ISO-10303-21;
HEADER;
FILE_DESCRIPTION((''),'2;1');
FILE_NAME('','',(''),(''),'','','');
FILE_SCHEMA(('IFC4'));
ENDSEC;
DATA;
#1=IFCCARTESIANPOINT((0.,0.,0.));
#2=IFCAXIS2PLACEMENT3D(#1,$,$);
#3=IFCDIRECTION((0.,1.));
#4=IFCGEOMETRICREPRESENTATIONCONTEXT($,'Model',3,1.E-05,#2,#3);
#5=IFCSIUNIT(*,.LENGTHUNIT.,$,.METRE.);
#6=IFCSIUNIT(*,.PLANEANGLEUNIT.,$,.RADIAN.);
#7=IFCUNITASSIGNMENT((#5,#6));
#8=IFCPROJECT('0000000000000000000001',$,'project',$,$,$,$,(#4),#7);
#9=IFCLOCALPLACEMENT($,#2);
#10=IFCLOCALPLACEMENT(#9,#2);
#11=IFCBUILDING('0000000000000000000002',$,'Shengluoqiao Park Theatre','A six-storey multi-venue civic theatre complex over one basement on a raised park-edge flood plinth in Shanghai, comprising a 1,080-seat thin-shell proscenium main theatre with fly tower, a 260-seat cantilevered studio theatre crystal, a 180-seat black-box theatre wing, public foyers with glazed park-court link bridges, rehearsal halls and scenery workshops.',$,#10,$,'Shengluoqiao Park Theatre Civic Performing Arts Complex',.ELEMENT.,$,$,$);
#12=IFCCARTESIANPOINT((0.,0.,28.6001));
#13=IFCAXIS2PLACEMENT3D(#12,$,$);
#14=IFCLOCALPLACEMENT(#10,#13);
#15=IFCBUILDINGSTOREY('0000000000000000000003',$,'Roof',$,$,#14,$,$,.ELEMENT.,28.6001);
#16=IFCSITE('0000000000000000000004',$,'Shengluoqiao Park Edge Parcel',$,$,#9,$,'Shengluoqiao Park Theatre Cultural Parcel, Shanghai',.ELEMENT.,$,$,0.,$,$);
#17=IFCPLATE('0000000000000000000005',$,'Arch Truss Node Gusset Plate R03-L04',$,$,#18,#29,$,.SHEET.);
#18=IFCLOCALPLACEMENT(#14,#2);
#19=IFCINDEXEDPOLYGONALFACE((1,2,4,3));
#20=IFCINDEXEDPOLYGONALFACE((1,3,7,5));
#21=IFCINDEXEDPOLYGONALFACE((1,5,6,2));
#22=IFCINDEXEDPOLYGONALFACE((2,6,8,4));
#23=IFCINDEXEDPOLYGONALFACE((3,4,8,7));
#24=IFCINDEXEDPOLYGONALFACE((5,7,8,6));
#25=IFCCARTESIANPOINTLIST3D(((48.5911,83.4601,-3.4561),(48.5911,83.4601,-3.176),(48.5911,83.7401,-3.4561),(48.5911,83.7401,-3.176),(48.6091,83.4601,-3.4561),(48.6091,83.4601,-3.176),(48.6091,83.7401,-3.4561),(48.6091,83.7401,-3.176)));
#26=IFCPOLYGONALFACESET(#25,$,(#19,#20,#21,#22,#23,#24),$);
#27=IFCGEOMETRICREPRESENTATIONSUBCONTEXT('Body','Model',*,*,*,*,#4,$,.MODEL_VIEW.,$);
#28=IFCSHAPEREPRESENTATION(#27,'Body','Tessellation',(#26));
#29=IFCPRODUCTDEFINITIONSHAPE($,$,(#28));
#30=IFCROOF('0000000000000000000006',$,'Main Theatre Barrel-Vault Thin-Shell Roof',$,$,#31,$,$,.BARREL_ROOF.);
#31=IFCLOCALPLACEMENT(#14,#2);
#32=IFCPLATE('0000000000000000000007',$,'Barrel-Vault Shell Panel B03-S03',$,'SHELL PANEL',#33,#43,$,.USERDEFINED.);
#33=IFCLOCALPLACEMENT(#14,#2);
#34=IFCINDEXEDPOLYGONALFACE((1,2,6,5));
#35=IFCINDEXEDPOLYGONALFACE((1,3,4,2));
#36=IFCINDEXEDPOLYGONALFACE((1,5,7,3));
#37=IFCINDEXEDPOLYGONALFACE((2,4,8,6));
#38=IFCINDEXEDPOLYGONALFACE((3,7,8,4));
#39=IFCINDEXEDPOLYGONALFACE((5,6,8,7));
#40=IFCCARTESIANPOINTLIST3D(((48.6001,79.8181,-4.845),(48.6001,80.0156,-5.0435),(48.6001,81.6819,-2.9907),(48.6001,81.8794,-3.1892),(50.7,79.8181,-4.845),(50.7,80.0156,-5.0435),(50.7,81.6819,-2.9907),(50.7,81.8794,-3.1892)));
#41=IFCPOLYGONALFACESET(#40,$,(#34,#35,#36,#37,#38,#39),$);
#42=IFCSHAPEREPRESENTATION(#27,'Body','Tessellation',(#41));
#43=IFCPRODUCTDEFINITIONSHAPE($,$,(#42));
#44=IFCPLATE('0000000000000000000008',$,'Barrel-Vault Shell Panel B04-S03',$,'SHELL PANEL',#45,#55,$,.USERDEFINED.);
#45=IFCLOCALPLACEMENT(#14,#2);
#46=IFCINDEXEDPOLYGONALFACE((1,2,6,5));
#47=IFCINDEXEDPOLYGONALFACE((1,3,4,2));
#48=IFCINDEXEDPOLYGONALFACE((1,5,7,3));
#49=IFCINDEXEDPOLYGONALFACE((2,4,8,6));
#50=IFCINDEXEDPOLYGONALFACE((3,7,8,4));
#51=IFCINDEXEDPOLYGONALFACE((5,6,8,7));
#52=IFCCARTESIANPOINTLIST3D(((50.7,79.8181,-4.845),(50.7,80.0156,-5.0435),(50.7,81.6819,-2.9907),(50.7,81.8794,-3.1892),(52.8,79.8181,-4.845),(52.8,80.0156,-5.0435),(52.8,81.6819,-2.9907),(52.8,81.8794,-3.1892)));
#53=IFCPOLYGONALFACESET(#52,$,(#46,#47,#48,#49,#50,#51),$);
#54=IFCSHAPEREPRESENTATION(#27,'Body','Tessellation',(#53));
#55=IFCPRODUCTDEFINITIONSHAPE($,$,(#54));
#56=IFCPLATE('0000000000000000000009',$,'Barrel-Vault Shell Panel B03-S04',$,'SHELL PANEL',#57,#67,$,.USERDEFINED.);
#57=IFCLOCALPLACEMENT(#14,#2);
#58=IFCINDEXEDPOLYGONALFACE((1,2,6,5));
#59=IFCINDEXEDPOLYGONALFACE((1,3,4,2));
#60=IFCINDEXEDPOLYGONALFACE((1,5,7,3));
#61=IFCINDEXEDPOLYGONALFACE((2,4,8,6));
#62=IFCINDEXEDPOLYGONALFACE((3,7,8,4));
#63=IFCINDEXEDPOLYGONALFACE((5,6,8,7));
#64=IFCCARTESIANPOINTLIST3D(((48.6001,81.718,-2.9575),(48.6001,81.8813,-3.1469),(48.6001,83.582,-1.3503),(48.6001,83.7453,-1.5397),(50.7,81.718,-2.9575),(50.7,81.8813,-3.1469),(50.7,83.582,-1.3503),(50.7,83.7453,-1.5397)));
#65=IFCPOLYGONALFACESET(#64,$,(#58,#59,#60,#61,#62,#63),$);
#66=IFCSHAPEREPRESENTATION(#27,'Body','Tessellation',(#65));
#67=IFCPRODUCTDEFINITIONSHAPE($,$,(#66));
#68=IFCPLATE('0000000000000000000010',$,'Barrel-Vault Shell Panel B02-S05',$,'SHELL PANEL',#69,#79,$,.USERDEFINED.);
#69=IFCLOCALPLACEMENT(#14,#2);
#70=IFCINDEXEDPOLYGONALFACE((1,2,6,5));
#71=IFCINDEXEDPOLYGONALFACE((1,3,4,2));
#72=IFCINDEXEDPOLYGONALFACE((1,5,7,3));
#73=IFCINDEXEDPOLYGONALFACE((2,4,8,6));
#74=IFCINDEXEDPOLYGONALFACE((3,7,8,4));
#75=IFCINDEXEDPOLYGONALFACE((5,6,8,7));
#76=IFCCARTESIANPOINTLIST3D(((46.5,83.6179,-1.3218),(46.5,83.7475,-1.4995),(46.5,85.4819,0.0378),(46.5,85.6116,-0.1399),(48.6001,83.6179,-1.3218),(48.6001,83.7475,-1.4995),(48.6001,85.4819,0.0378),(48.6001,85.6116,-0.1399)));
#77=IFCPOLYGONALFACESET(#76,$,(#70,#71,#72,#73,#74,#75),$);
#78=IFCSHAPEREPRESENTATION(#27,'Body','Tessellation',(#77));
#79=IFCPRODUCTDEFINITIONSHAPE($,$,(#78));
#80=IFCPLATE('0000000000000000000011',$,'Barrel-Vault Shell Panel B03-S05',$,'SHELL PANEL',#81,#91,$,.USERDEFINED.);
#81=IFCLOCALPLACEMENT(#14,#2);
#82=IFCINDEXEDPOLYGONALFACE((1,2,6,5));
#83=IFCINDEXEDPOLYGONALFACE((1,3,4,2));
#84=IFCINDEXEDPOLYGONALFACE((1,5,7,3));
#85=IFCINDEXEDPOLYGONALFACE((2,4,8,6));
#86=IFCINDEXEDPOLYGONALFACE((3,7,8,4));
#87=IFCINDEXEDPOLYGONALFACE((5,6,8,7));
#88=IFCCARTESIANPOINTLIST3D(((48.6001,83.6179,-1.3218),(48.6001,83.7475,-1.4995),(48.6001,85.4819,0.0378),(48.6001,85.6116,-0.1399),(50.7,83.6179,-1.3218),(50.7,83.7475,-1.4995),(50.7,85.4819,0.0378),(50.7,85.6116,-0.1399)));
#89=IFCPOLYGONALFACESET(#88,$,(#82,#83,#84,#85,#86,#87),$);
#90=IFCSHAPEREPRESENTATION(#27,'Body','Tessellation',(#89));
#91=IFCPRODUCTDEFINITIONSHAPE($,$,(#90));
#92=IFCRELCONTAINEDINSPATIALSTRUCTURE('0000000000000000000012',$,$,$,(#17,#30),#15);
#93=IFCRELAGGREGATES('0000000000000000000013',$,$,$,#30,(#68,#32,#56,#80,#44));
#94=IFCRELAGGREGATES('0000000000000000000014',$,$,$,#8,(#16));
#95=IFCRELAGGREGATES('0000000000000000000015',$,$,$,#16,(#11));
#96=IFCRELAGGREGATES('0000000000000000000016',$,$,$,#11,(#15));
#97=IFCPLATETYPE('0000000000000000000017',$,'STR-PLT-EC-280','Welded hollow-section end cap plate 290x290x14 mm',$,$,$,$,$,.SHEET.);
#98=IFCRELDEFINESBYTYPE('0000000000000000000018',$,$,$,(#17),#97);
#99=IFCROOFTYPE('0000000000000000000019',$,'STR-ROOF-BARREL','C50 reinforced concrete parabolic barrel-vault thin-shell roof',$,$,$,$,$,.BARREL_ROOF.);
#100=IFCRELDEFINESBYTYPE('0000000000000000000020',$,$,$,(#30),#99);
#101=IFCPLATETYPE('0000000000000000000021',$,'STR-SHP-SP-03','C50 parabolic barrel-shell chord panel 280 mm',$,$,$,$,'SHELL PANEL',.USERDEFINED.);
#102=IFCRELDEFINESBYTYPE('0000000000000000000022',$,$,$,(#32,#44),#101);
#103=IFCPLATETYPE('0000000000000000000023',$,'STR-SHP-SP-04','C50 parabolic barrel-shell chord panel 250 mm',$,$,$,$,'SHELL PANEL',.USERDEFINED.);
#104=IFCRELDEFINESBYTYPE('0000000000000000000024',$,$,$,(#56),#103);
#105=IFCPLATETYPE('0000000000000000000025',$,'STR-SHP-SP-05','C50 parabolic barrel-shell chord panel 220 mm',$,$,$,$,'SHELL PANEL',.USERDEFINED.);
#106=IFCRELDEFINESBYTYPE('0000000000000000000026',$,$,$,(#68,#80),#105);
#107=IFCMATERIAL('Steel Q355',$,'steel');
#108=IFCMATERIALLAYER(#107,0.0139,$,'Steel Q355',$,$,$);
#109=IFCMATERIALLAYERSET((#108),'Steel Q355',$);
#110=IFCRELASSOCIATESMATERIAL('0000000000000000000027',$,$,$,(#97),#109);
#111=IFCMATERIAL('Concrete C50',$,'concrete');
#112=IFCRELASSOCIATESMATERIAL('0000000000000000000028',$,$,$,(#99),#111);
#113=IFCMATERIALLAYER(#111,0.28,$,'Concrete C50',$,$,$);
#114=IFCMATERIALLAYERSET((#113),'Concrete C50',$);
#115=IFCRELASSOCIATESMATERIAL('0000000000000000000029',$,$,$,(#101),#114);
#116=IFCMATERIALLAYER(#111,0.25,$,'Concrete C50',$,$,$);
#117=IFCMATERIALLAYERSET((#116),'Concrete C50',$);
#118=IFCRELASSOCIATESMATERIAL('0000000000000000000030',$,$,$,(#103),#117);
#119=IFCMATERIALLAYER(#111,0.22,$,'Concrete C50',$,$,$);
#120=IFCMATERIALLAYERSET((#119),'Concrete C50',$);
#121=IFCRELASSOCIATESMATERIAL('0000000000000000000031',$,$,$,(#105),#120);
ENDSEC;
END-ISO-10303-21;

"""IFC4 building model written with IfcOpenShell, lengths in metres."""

from ifc_helpers import new_model, si_unit, direction, frame, origin, origin_2d, place, context, subcontext, project, spatial, polyline, rectangle, outline, extrude, material, layer, layer_set, type_object, element, aggregate, save


model = new_model("IFC4")

# Units and contexts
model_context = context("Model", 3, precision=1e-05, world=origin(), true_north=direction((0.0, 1.0)))
body_context = subcontext(model_context, "Body", "Model", "MODEL_VIEW")
ifc_project = project(units=[si_unit("LENGTHUNIT", "METRE"), si_unit("PLANEANGLEUNIT", "RADIAN")], contexts=[model_context])

# Site, building, storey
site_placement = place(None, origin())
site = spatial("IfcSite", under=ifc_project, at=site_placement, Name="Shengluoqiao Park Edge Parcel", LongName="Shengluoqiao Park Theatre Cultural Parcel, Shanghai", CompositionType="ELEMENT", RefElevation=0.0)
building_placement = place(site_placement, origin())
building = spatial("IfcBuilding", under=site, at=building_placement, Name="Shengluoqiao Park Theatre", Description="A six-storey multi-venue civic theatre complex over one basement on a raised park-edge flood plinth in Shanghai, comprising a 1,080-seat thin-shell proscenium main theatre with fly tower, a 260-seat cantilevered studio theatre crystal, a 180-seat black-box theatre wing, public foyers with glazed park-court link bridges, rehearsal halls and scenery workshops.", LongName="Shengluoqiao Park Theatre Civic Performing Arts Complex", CompositionType="ELEMENT")
storey_placement = place(building_placement, frame((0.0, 0.0, 28.6001)))
storey = spatial("IfcBuildingStorey", under=building, at=storey_placement, Name="Roof", CompositionType="ELEMENT", Elevation=28.6001)

# Shared definitions
ifc_material_1 = material(Name="Concrete C50", Category="concrete")
ifc_material_2 = material(Name="Steel Q355", Category="steel")

# Plate
ifc_layer_1 = layer(ifc_material_2, 0.0139, Name="Steel Q355")
ifc_layer_set_1 = layer_set([ifc_layer_1], Name="Steel Q355")
plate_type_1 = type_object("IfcPlateType", Name="STR-PLT-EC-280", Description="Welded hollow-section end cap plate 290x290x14 mm", PredefinedType="SHEET", material=ifc_layer_set_1)
for number, where, z_axis, x_axis, name in (
    (1, (48.6001, 83.6001, -3.4561), (0.0, 0.0, 1.0), (1.0, 0.0, 0.0), "Arch Truss Node Gusset Plate R03-L04"),
):
    element("IfcPlate", number, at=place(storey_placement, frame(where, z_axis=z_axis, x_axis=x_axis)), inside=storey, type_object=plate_type_1, Name=name, PredefinedType="SHEET", context=body_context, shape_type="SweptSolid", body=[
        extrude(rectangle(XDim=0.0181, YDim=0.28, at=origin_2d()), origin(), (0.0, 0.0, 1.0), 0.28),
    ])

# Roof, plates
roof_type = type_object("IfcRoofType", Name="STR-ROOF-BARREL", Description="C50 reinforced concrete parabolic barrel-vault thin-shell roof", PredefinedType="BARREL_ROOF", material=ifc_material_1)
roof_placement = place(storey_placement, origin())
roof = element("IfcRoof", 2, at=roof_placement, inside=storey, type_object=roof_type, Name="Main Theatre Barrel-Vault Thin-Shell Roof", PredefinedType="BARREL_ROOF")
ifc_layer_2 = layer(ifc_material_1, 0.28, Name="Concrete C50")
ifc_layer_set_2 = layer_set([ifc_layer_2], Name="Concrete C50")
plate_type_2 = type_object("IfcPlateType", Name="STR-SHP-SP-03", Description="C50 parabolic barrel-shell chord panel 280 mm", ElementType="SHELL PANEL", PredefinedType="USERDEFINED", material=ifc_layer_set_2)
plate_1_placement = place(storey_placement, frame((48.6001, 79.8181, -4.845), z_axis=(0.0, -0.705294, 0.708915), x_axis=(1.0, 0.0, 0.0)))
plate_1 = element("IfcPlate", 3, at=plate_1_placement, type_object=plate_type_2, Name="Barrel-Vault Shell Panel B03-S03", ObjectType="SHELL PANEL", PredefinedType="USERDEFINED", context=body_context, shape_type="SweptSolid", body=[
    extrude(outline(polyline([(0.0, 0.0), (2.0999, 0.0), (2.0999, 2.629), (0.0, 2.629), (0.0, 0.0)])), origin(), (0.0, 0.0, -1.0), 0.28),
])
plate_2_placement = place(storey_placement, frame((50.7, 79.8181, -4.845), z_axis=(0.0, -0.705294, 0.708915), x_axis=(1.0, 0.0, 0.0)))
plate_2 = element("IfcPlate", 4, at=plate_2_placement, type_object=plate_type_2, Name="Barrel-Vault Shell Panel B04-S03", ObjectType="SHELL PANEL", PredefinedType="USERDEFINED", context=body_context, shape_type="SweptSolid", body=[
    extrude(outline(polyline([(0.0, 0.0), (2.1001, 0.0), (2.1001, 2.629), (0.0, 2.629), (0.0, 0.0)])), origin(), (0.0, 0.0, -1.0), 0.28),
])
ifc_layer_3 = layer(ifc_material_1, 0.25, Name="Concrete C50")
ifc_layer_set_3 = layer_set([ifc_layer_3], Name="Concrete C50")
plate_type_3 = type_object("IfcPlateType", Name="STR-SHP-SP-04", Description="C50 parabolic barrel-shell chord panel 250 mm", ElementType="SHELL PANEL", PredefinedType="USERDEFINED", material=ifc_layer_set_3)
plate_3_placement = place(storey_placement, frame((48.6001, 81.718, -2.9575), z_axis=(0.0, -0.653002, 0.757356), x_axis=(1.0, 0.0, 0.0)))
plate_3 = element("IfcPlate", 5, at=plate_3_placement, type_object=plate_type_3, Name="Barrel-Vault Shell Panel B03-S04", ObjectType="SHELL PANEL", PredefinedType="USERDEFINED", context=body_context, shape_type="SweptSolid", body=[
    extrude(outline(polyline([(0.0, 0.0), (2.0999, 0.0), (2.0999, 2.4612), (0.0, 2.4612), (0.0, 0.0)])), origin(), (0.0, 0.0, -1.0), 0.25),
])
ifc_layer_4 = layer(ifc_material_1, 0.22, Name="Concrete C50")
ifc_layer_set_4 = layer_set([ifc_layer_4], Name="Concrete C50")
plate_type_4 = type_object("IfcPlateType", Name="STR-SHP-SP-05", Description="C50 parabolic barrel-shell chord panel 220 mm", ElementType="SHELL PANEL", PredefinedType="USERDEFINED", material=ifc_layer_set_4)
plate_4_placement = place(storey_placement, frame((46.5, 83.6179, -1.3218), z_axis=(0.0, -0.589297, 0.807916), x_axis=(1.0, 0.0, 0.0)))
plate_4 = element("IfcPlate", 6, at=plate_4_placement, type_object=plate_type_4, Name="Barrel-Vault Shell Panel B02-S05", ObjectType="SHELL PANEL", PredefinedType="USERDEFINED", context=body_context, shape_type="SweptSolid", body=[
    extrude(outline(polyline([(0.0, 0.0), (2.1001, 0.0), (2.1001, 2.3072), (0.0, 2.3072), (0.0, 0.0)])), origin(), (0.0, 0.0, -1.0), 0.22),
])
plate_5_placement = place(storey_placement, frame((48.6001, 83.6179, -1.3218), z_axis=(0.0, -0.589297, 0.807916), x_axis=(1.0, 0.0, 0.0)))
plate_5 = element("IfcPlate", 7, at=plate_5_placement, type_object=plate_type_4, Name="Barrel-Vault Shell Panel B03-S05", ObjectType="SHELL PANEL", PredefinedType="USERDEFINED", context=body_context, shape_type="SweptSolid", body=[
    extrude(outline(polyline([(0.0, 0.0), (2.0999, 0.0), (2.0999, 2.3072), (0.0, 2.3072), (0.0, 0.0)])), origin(), (0.0, 0.0, -1.0), 0.22),
])
aggregate(roof, [plate_4, plate_1, plate_3, plate_5, plate_2])

save(model, "model.ifc")
